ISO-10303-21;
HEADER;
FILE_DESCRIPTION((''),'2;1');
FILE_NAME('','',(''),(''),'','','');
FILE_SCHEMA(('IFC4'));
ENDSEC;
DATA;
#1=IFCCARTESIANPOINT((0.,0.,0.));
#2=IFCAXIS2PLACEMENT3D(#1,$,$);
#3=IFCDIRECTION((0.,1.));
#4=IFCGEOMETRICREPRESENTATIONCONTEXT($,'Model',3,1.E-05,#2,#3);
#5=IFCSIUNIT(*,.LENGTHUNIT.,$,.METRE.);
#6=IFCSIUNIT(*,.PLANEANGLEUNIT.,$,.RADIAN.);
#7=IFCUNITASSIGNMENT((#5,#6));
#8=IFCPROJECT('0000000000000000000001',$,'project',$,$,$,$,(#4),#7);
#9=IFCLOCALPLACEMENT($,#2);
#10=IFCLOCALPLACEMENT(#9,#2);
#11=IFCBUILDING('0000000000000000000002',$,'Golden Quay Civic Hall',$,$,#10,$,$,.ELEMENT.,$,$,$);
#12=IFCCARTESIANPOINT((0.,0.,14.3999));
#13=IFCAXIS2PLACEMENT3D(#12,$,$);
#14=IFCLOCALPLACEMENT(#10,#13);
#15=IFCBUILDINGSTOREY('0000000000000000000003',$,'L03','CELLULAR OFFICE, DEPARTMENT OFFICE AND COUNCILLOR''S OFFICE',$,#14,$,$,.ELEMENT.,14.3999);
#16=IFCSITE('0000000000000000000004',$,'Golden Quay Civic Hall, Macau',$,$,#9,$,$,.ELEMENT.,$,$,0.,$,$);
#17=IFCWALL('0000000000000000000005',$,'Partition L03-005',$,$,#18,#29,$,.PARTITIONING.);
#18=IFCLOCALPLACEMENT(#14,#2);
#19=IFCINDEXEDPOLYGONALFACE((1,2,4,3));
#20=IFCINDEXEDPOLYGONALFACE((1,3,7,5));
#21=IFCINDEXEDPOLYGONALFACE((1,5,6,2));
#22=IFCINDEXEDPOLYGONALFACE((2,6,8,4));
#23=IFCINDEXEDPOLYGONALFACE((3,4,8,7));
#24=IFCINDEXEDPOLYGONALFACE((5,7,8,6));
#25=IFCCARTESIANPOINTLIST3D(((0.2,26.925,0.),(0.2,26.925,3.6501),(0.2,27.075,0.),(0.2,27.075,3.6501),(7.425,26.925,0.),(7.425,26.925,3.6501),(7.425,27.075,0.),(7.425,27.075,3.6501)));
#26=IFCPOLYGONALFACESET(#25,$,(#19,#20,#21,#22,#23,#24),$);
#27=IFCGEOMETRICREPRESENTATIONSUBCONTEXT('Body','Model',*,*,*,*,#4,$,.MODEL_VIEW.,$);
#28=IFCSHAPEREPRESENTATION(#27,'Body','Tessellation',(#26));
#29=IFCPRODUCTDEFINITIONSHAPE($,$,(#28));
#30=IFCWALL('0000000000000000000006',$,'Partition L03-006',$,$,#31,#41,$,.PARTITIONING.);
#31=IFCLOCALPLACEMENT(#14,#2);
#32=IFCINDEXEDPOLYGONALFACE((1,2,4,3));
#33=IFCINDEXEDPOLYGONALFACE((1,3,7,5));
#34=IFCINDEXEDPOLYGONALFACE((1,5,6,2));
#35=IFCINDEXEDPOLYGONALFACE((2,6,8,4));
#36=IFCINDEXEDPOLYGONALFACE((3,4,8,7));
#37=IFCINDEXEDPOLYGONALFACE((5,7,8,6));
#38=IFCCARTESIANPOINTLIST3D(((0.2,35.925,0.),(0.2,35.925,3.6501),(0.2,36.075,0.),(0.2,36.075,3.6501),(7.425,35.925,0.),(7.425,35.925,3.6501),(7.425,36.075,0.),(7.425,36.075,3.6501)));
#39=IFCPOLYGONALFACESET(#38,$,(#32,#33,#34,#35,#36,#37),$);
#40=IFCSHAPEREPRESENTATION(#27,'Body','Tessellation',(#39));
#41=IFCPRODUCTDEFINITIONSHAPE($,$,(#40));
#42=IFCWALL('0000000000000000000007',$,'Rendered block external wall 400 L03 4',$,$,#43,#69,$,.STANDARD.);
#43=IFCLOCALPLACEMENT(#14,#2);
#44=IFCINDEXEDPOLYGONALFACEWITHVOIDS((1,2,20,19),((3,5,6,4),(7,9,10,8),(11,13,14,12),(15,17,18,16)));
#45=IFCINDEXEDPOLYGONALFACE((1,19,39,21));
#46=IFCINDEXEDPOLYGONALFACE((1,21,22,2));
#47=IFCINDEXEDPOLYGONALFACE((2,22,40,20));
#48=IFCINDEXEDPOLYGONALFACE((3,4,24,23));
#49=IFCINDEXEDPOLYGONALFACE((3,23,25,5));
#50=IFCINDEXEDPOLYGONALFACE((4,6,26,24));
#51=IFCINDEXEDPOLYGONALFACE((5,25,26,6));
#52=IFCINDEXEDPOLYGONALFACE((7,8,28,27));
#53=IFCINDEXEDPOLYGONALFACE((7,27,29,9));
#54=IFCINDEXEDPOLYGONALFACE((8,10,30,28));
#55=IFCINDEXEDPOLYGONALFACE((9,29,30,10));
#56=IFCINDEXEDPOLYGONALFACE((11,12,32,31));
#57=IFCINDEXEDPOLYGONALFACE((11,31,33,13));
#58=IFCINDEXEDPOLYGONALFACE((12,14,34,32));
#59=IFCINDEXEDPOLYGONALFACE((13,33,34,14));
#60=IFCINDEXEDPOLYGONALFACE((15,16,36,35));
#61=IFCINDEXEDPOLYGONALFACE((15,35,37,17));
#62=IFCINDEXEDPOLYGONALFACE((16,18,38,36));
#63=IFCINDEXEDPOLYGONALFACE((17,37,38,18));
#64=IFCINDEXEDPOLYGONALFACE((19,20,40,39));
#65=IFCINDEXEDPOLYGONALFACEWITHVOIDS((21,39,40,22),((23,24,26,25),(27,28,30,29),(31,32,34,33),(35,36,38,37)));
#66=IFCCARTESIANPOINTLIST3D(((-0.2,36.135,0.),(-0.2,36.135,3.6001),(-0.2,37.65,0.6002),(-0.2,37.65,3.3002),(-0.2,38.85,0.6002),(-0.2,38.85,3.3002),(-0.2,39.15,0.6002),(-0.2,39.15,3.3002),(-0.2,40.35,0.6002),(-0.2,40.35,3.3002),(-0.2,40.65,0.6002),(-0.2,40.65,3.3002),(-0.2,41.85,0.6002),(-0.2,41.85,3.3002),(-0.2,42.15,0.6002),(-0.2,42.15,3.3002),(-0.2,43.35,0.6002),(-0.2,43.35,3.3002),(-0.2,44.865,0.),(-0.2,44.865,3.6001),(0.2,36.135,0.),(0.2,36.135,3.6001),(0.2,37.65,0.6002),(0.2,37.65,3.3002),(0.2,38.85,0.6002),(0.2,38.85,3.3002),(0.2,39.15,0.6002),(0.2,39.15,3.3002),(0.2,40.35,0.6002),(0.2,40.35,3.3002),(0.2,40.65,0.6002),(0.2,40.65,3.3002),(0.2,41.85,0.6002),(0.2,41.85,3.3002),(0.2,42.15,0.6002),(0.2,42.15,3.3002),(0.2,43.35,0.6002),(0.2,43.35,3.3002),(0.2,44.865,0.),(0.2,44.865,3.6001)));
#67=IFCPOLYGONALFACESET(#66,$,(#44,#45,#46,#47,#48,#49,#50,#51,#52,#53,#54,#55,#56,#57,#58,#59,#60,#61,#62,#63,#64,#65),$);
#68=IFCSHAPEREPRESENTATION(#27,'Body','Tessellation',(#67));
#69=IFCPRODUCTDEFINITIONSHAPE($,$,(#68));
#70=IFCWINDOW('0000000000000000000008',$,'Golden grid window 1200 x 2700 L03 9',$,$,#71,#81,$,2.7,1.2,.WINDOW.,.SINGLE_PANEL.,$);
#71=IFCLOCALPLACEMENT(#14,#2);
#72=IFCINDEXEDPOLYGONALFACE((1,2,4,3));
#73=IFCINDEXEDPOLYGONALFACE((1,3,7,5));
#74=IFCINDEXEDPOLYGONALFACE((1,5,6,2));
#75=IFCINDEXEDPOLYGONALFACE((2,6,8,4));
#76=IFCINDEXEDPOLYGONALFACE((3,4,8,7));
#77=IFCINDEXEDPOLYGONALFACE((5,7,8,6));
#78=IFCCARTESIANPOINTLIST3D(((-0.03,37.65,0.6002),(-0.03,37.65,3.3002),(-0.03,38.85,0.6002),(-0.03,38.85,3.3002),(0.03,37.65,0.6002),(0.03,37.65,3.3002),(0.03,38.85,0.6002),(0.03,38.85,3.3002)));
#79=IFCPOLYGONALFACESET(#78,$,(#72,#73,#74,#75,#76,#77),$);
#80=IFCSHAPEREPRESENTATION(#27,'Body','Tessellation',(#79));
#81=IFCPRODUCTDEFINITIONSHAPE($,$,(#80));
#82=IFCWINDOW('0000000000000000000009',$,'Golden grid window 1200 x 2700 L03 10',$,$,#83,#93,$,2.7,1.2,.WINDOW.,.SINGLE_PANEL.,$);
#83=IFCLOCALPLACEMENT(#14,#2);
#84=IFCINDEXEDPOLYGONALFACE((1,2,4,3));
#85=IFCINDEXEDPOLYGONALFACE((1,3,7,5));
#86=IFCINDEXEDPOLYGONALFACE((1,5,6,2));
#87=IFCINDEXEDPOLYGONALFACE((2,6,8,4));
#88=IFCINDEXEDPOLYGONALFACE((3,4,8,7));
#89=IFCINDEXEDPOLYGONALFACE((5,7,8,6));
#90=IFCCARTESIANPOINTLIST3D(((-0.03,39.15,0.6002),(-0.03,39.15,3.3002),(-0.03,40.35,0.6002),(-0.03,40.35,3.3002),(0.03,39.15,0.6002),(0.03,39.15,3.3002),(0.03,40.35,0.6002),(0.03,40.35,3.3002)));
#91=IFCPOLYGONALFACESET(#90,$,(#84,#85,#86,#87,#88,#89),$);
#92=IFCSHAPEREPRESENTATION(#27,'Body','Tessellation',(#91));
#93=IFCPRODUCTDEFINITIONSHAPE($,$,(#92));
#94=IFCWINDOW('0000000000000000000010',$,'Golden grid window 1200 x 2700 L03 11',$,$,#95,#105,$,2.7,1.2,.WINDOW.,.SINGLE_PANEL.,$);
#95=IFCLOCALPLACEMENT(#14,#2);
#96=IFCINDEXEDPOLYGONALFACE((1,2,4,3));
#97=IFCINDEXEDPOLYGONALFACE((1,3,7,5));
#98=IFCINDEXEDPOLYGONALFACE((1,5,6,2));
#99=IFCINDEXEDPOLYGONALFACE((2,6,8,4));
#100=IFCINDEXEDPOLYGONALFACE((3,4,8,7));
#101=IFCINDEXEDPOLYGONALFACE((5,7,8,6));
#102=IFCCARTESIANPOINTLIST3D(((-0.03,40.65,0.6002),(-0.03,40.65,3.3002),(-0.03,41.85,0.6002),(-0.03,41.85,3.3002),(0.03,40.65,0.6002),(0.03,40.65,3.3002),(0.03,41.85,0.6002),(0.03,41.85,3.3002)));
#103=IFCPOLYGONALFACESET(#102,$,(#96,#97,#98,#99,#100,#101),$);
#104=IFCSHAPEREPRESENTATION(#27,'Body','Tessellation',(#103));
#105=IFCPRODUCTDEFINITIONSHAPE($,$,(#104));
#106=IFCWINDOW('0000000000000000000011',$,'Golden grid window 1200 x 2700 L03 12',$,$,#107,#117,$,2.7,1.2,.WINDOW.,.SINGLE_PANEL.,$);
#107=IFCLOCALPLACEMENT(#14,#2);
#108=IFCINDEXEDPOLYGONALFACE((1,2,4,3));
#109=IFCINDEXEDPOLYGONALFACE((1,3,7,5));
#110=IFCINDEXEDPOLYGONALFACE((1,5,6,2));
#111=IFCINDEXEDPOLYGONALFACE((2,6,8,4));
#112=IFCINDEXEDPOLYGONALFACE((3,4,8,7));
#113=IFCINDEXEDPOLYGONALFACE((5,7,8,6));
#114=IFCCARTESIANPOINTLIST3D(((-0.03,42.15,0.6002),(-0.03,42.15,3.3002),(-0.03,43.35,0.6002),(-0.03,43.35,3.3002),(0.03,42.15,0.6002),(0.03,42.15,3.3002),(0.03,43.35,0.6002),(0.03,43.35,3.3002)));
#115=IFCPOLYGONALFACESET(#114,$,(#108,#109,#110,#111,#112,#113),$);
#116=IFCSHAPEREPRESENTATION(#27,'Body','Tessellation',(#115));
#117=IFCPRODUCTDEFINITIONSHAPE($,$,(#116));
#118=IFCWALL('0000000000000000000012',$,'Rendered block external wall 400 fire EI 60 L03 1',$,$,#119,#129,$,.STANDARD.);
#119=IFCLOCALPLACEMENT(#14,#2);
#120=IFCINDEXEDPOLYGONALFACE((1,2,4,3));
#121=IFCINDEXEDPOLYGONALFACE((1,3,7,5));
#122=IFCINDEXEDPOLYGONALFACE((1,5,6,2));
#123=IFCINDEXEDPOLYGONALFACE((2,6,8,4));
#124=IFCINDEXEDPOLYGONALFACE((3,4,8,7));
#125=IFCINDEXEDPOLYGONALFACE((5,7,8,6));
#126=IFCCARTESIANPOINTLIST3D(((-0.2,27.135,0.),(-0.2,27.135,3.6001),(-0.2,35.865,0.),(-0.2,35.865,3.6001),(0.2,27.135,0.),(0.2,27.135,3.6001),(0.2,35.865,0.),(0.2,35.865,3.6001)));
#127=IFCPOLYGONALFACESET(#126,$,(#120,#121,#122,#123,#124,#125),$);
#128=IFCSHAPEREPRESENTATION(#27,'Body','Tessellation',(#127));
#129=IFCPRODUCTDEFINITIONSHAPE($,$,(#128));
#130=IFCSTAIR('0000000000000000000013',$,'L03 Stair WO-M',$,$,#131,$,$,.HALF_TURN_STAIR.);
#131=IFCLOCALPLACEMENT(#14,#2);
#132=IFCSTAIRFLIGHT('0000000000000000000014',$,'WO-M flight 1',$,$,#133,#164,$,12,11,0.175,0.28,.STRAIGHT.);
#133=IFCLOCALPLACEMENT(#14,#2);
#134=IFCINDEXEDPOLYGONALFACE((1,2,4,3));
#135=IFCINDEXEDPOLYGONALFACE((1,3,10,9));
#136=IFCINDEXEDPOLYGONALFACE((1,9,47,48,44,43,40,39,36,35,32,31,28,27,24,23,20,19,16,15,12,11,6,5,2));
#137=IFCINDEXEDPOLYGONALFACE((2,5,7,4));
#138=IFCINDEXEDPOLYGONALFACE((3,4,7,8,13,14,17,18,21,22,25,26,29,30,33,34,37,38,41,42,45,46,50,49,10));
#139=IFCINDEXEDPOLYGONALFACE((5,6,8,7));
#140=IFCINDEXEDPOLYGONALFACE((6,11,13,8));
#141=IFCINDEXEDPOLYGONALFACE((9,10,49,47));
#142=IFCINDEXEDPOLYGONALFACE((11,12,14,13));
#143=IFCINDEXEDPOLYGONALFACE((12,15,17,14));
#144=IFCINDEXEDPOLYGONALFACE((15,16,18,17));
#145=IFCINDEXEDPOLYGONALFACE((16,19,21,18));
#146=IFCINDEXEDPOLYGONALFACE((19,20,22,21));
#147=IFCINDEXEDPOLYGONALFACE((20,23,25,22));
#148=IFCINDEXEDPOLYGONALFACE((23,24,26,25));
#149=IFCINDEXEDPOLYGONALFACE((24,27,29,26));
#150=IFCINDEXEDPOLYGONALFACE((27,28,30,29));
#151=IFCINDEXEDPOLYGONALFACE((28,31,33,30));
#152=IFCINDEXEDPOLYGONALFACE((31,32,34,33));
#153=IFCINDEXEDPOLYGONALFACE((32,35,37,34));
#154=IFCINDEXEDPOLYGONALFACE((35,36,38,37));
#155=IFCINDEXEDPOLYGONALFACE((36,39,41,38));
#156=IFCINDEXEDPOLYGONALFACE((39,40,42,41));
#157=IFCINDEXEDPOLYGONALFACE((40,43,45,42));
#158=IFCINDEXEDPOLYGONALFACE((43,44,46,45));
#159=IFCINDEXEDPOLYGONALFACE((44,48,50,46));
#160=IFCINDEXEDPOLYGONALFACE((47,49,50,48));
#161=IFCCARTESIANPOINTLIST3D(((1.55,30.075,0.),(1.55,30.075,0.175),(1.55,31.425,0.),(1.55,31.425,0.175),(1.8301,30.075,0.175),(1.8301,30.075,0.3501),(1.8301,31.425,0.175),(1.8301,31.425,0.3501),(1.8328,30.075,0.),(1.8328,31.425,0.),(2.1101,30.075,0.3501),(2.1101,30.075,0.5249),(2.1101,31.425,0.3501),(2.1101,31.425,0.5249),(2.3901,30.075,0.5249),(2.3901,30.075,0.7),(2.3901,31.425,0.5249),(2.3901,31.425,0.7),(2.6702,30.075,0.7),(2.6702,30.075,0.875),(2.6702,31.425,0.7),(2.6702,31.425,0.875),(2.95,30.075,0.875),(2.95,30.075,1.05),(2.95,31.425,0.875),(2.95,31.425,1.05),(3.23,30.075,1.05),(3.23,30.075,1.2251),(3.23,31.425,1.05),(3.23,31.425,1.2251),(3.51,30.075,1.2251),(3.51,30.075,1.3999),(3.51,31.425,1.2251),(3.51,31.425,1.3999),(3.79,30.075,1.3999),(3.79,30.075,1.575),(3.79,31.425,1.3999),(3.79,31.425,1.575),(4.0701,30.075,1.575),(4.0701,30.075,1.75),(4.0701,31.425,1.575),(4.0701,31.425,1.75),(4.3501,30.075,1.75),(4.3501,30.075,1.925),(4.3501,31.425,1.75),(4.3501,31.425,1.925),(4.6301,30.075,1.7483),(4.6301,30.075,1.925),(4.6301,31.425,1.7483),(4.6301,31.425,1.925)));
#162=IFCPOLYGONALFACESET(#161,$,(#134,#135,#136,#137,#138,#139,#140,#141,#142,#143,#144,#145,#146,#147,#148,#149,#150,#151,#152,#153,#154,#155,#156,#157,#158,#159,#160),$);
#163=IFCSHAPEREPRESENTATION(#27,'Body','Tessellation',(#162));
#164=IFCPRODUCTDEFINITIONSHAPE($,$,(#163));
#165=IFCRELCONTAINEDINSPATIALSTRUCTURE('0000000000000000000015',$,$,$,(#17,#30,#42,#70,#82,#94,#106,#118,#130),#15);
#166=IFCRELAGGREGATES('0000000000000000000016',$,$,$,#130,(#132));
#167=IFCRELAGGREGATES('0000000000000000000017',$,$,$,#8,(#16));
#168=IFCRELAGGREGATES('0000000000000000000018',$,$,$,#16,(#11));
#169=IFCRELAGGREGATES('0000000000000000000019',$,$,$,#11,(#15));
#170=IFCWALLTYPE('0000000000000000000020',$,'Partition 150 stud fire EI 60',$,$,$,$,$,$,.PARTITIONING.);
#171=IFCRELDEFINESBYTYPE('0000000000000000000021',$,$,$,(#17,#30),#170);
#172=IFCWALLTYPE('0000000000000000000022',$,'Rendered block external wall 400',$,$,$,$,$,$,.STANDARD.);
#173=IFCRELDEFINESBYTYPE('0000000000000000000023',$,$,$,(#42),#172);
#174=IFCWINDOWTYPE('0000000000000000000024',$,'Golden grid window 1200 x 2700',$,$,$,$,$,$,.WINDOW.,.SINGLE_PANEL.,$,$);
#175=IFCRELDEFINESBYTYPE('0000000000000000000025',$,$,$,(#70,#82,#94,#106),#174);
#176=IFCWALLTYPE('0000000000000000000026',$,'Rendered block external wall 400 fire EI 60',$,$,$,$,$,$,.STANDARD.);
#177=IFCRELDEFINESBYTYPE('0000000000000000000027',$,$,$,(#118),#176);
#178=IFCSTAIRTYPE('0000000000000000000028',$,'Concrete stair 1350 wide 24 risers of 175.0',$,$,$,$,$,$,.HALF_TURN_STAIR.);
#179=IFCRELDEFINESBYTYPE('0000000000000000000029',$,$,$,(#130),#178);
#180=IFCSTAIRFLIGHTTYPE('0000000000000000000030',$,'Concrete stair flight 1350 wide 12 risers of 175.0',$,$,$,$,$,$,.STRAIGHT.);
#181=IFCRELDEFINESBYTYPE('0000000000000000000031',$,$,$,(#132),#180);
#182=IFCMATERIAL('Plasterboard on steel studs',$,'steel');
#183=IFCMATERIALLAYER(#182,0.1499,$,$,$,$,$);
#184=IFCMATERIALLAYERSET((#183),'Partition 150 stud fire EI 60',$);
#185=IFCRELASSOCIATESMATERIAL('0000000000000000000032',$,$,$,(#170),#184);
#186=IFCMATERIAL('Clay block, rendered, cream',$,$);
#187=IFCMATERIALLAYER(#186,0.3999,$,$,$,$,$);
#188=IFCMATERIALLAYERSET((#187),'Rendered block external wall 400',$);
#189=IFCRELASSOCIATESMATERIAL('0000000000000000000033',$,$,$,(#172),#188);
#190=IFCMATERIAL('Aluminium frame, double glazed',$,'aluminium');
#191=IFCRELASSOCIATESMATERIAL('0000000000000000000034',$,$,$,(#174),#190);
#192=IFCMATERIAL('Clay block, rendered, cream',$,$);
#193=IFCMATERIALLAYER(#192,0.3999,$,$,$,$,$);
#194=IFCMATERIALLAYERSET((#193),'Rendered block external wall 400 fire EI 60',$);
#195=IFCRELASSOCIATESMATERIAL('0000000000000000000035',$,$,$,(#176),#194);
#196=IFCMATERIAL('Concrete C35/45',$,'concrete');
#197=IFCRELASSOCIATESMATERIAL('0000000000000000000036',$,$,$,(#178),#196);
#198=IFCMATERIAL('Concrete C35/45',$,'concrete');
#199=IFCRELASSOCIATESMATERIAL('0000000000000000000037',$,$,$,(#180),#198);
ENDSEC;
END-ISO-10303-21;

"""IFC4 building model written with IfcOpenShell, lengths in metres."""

from ifc_helpers import new_model, si_unit, direction, frame, frame_2d, origin, place, context, subcontext, project, spatial, polyline, rectangle, outline, extrude, material, layer, layer_set, type_object, element, fill, aggregate, save


model = new_model("IFC4")

# Units and contexts
model_context = context("Model", 3, precision=1e-05, world=origin(), true_north=direction((0.0, 1.0)))
body_context = subcontext(model_context, "Body", "Model", "MODEL_VIEW")
ifc_project = project(units=[si_unit("LENGTHUNIT", "METRE"), si_unit("PLANEANGLEUNIT", "RADIAN")], contexts=[model_context])

# Site, building, storey
site_placement = place(None, origin())
site = spatial("IfcSite", under=ifc_project, at=site_placement, Name="Golden Quay Civic Hall, Macau", CompositionType="ELEMENT", RefElevation=0.0)
building_placement = place(site_placement, origin())
building = spatial("IfcBuilding", under=site, at=building_placement, Name="Golden Quay Civic Hall", CompositionType="ELEMENT")
storey_placement = place(building_placement, frame((0.0, 0.0, 14.3999)))
storey = spatial("IfcBuildingStorey", under=building, at=storey_placement, Name="L03", Description="CELLULAR OFFICE, DEPARTMENT OFFICE AND COUNCILLOR'S OFFICE", CompositionType="ELEMENT", Elevation=14.3999)

# Walls
ifc_material_1 = material(Name="Plasterboard on steel studs", Category="steel")
ifc_layer_1 = layer(ifc_material_1, 0.1499)
ifc_layer_set_1 = layer_set([ifc_layer_1], Name="Partition 150 stud fire EI 60")
wall_type_1 = type_object("IfcWallType", Name="Partition 150 stud fire EI 60", PredefinedType="PARTITIONING", material=ifc_layer_set_1)
for number, where, z_axis, x_axis, name in (
    (1, (0.2, 27.0, 0.0), (0.0, 0.0, 1.0), (1.0, 0.0, 0.0), "Partition L03-005"),
    (2, (0.2, 36.0, 0.0), (0.0, 0.0, 1.0), (1.0, 0.0, 0.0), "Partition L03-006"),
):
    element("IfcWall", number, at=place(storey_placement, frame(where, z_axis=z_axis, x_axis=x_axis)), inside=storey, type_object=wall_type_1, Name=name, PredefinedType="PARTITIONING", context=body_context, shape_type="SweptSolid", body=[
        extrude(rectangle(XDim=7.2251, YDim=0.1499, at=frame_2d((3.6125, 0.0))), origin(), (0.0, 0.0, 1.0), 3.6501),
    ])

# Wall, openings, windows
ifc_material_2 = material(Name="Clay block, rendered, cream")
ifc_layer_2 = layer(ifc_material_2, 0.3999)
ifc_layer_set_2 = layer_set([ifc_layer_2], Name="Rendered block external wall 400")
wall_type_2 = type_object("IfcWallType", Name="Rendered block external wall 400", PredefinedType="STANDARD", material=ifc_layer_set_2)
wall_1_placement = place(storey_placement, frame((0.0, 36.135, 0.0), z_axis=(0.0, 0.0, 1.0), x_axis=(0.0, 1.0, 0.0)))
wall_1 = element("IfcWall", 3, at=wall_1_placement, inside=storey, type_object=wall_type_2, Name="Rendered block external wall 400 L03 4", PredefinedType="STANDARD", context=body_context, shape_type="SweptSolid", body=[
    extrude(rectangle(XDim=8.73, YDim=0.3999, at=frame_2d((4.365, 0.0))), origin(), (0.0, 0.0, 1.0), 3.6001),
])
opening_1_placement = place(wall_1_placement, frame((1.5149, 0.0, 0.6001)))
opening_1 = element("IfcOpeningElement", 4, at=opening_1_placement, cuts=wall_1, PredefinedType="OPENING", context=body_context, shape_type="SweptSolid", body=[
    extrude(rectangle(XDim=1.2, YDim=2.7, at=frame_2d((0.6001, 1.3501))), frame((0.0, 0.21, 0.0), z_axis=(0.0, -1.0, 0.0), x_axis=(1.0, 0.0, 0.0)), (0.0, 0.0, 1.0), 0.4199),
])
opening_2_placement = place(wall_1_placement, frame((3.0149, 0.0, 0.6001)))
opening_2 = element("IfcOpeningElement", 5, at=opening_2_placement, cuts=wall_1, PredefinedType="OPENING", context=body_context, shape_type="SweptSolid", body=[
    extrude(rectangle(XDim=1.2, YDim=2.7, at=frame_2d((0.6001, 1.3501))), frame((0.0, 0.21, 0.0), z_axis=(0.0, -1.0, 0.0), x_axis=(1.0, 0.0, 0.0)), (0.0, 0.0, 1.0), 0.4199),
])
opening_3_placement = place(wall_1_placement, frame((4.5149, 0.0, 0.6001)))
opening_3 = element("IfcOpeningElement", 6, at=opening_3_placement, cuts=wall_1, PredefinedType="OPENING", context=body_context, shape_type="SweptSolid", body=[
    extrude(rectangle(XDim=1.2, YDim=2.7, at=frame_2d((0.6001, 1.3501))), frame((0.0, 0.21, 0.0), z_axis=(0.0, -1.0, 0.0), x_axis=(1.0, 0.0, 0.0)), (0.0, 0.0, 1.0), 0.4199),
])
opening_4_placement = place(wall_1_placement, frame((6.0149, 0.0, 0.6001)))
opening_4 = element("IfcOpeningElement", 7, at=opening_4_placement, cuts=wall_1, PredefinedType="OPENING", context=body_context, shape_type="SweptSolid", body=[
    extrude(rectangle(XDim=1.2, YDim=2.7, at=frame_2d((0.6001, 1.3501))), frame((0.0, 0.21, 0.0), z_axis=(0.0, -1.0, 0.0), x_axis=(1.0, 0.0, 0.0)), (0.0, 0.0, 1.0), 0.4199),
])
ifc_material_3 = material(Name="Aluminium frame, double glazed", Category="aluminium")
window_type = type_object("IfcWindowType", Name="Golden grid window 1200 x 2700", PartitioningType="SINGLE_PANEL", PredefinedType="WINDOW", material=ifc_material_3)
window_1_placement = place(opening_1_placement, origin())
window_1 = element("IfcWindow", 8, at=window_1_placement, inside=storey, type_object=window_type, Name="Golden grid window 1200 x 2700 L03 9", OverallHeight=2.7, OverallWidth=1.2, PartitioningType="SINGLE_PANEL", PredefinedType="WINDOW", context=body_context, shape_type="SweptSolid", body=[
    extrude(rectangle(XDim=1.2, YDim=2.7, at=frame_2d((0.6001, 1.3501))), frame((0.0, 0.03, 0.0), z_axis=(0.0, -1.0, 0.0), x_axis=(1.0, 0.0, 0.0)), (0.0, 0.0, 1.0), 0.0601),
])
fill(opening_1, window_1)
window_2_placement = place(opening_2_placement, origin())
window_2 = element("IfcWindow", 9, at=window_2_placement, inside=storey, type_object=window_type, Name="Golden grid window 1200 x 2700 L03 10", OverallHeight=2.7, OverallWidth=1.2, PartitioningType="SINGLE_PANEL", PredefinedType="WINDOW", context=body_context, shape_type="SweptSolid", body=[
    extrude(rectangle(XDim=1.2, YDim=2.7, at=frame_2d((0.6001, 1.3501))), frame((0.0, 0.03, 0.0), z_axis=(0.0, -1.0, 0.0), x_axis=(1.0, 0.0, 0.0)), (0.0, 0.0, 1.0), 0.0601),
])
fill(opening_2, window_2)
window_3_placement = place(opening_3_placement, origin())
window_3 = element("IfcWindow", 10, at=window_3_placement, inside=storey, type_object=window_type, Name="Golden grid window 1200 x 2700 L03 11", OverallHeight=2.7, OverallWidth=1.2, PartitioningType="SINGLE_PANEL", PredefinedType="WINDOW", context=body_context, shape_type="SweptSolid", body=[
    extrude(rectangle(XDim=1.2, YDim=2.7, at=frame_2d((0.6001, 1.3501))), frame((0.0, 0.03, 0.0), z_axis=(0.0, -1.0, 0.0), x_axis=(1.0, 0.0, 0.0)), (0.0, 0.0, 1.0), 0.0601),
])
fill(opening_3, window_3)
window_4_placement = place(opening_4_placement, origin())
window_4 = element("IfcWindow", 11, at=window_4_placement, inside=storey, type_object=window_type, Name="Golden grid window 1200 x 2700 L03 12", OverallHeight=2.7, OverallWidth=1.2, PartitioningType="SINGLE_PANEL", PredefinedType="WINDOW", context=body_context, shape_type="SweptSolid", body=[
    extrude(rectangle(XDim=1.2, YDim=2.7, at=frame_2d((0.6001, 1.3501))), frame((0.0, 0.03, 0.0), z_axis=(0.0, -1.0, 0.0), x_axis=(1.0, 0.0, 0.0)), (0.0, 0.0, 1.0), 0.0601),
])
fill(opening_4, window_4)

# Wall
ifc_material_4 = material(Name="Clay block, rendered, cream")
ifc_layer_3 = layer(ifc_material_4, 0.3999)
ifc_layer_set_3 = layer_set([ifc_layer_3], Name="Rendered block external wall 400 fire EI 60")
wall_type_3 = type_object("IfcWallType", Name="Rendered block external wall 400 fire EI 60", PredefinedType="STANDARD", material=ifc_layer_set_3)
wall_2_placement = place(storey_placement, frame((0.0, 27.135, 0.0), z_axis=(0.0, 0.0, 1.0), x_axis=(0.0, 1.0, 0.0)))
element("IfcWall", 12, at=wall_2_placement, inside=storey, type_object=wall_type_3, Name="Rendered block external wall 400 fire EI 60 L03 1", PredefinedType="STANDARD", context=body_context, shape_type="SweptSolid", body=[
    extrude(rectangle(XDim=8.73, YDim=0.3999, at=frame_2d((4.365, 0.0))), origin(), (0.0, 0.0, 1.0), 3.6001),
])

# Stair, stair flight
ifc_material_5 = material(Name="Concrete C35/45", Category="concrete")
stair_type = type_object("IfcStairType", Name="Concrete stair 1350 wide 24 risers of 175.0", PredefinedType="HALF_TURN_STAIR", material=ifc_material_5)
stair_placement = place(storey_placement, origin())
stair = element("IfcStair", 13, at=stair_placement, inside=storey, type_object=stair_type, Name="L03 Stair WO-M", PredefinedType="HALF_TURN_STAIR")
ifc_material_6 = material(Name="Concrete C35/45", Category="concrete")
stair_flight_type = type_object("IfcStairFlightType", Name="Concrete stair flight 1350 wide 12 risers of 175.0", PredefinedType="STRAIGHT", material=ifc_material_6)
stair_flight_1_placement = place(storey_placement, frame((1.55, 30.75, 0.0), z_axis=(0.0, 0.0, 1.0), x_axis=(1.0, 0.0, 0.0)))
stair_flight_1 = element("IfcStairFlight", 14, at=stair_flight_1_placement, type_object=stair_flight_type, Name="WO-M flight 1", NumberOfRisers=12, NumberOfTreads=11, PredefinedType="STRAIGHT", RiserHeight=0.175, TreadLength=0.28, context=body_context, shape_type="SweptSolid", body=[
    extrude(outline(polyline([(0.0, 0.0), (0.0, 0.175), (0.28, 0.175), (0.28, 0.3501), (0.5601, 0.3501), (0.5601, 0.5249), (0.8401, 0.5249), (0.8401, 0.7), (1.1201, 0.7), (1.1201, 0.875), (1.3999, 0.875), (1.3999, 1.05), (1.6799, 1.05), (1.6799, 1.2251), (1.96, 1.2251), (1.96, 1.3999), (2.24, 1.3999), (2.24, 1.575), (2.52, 1.575), (2.52, 1.75), (2.8, 1.75), (2.8, 1.925), (3.0801, 1.925), (3.0801, 2.1001), (3.0801, 1.7483), (0.2827, 0.0), (0.0, 0.0)])), frame((0.0, 0.675, 0.0), z_axis=(0.0, -1.0, 0.0), x_axis=(1.0, 0.0, 0.0)), (0.0, 0.0, 1.0), 1.35),
])
aggregate(stair, [stair_flight_1])

save(model, "model.ifc")
